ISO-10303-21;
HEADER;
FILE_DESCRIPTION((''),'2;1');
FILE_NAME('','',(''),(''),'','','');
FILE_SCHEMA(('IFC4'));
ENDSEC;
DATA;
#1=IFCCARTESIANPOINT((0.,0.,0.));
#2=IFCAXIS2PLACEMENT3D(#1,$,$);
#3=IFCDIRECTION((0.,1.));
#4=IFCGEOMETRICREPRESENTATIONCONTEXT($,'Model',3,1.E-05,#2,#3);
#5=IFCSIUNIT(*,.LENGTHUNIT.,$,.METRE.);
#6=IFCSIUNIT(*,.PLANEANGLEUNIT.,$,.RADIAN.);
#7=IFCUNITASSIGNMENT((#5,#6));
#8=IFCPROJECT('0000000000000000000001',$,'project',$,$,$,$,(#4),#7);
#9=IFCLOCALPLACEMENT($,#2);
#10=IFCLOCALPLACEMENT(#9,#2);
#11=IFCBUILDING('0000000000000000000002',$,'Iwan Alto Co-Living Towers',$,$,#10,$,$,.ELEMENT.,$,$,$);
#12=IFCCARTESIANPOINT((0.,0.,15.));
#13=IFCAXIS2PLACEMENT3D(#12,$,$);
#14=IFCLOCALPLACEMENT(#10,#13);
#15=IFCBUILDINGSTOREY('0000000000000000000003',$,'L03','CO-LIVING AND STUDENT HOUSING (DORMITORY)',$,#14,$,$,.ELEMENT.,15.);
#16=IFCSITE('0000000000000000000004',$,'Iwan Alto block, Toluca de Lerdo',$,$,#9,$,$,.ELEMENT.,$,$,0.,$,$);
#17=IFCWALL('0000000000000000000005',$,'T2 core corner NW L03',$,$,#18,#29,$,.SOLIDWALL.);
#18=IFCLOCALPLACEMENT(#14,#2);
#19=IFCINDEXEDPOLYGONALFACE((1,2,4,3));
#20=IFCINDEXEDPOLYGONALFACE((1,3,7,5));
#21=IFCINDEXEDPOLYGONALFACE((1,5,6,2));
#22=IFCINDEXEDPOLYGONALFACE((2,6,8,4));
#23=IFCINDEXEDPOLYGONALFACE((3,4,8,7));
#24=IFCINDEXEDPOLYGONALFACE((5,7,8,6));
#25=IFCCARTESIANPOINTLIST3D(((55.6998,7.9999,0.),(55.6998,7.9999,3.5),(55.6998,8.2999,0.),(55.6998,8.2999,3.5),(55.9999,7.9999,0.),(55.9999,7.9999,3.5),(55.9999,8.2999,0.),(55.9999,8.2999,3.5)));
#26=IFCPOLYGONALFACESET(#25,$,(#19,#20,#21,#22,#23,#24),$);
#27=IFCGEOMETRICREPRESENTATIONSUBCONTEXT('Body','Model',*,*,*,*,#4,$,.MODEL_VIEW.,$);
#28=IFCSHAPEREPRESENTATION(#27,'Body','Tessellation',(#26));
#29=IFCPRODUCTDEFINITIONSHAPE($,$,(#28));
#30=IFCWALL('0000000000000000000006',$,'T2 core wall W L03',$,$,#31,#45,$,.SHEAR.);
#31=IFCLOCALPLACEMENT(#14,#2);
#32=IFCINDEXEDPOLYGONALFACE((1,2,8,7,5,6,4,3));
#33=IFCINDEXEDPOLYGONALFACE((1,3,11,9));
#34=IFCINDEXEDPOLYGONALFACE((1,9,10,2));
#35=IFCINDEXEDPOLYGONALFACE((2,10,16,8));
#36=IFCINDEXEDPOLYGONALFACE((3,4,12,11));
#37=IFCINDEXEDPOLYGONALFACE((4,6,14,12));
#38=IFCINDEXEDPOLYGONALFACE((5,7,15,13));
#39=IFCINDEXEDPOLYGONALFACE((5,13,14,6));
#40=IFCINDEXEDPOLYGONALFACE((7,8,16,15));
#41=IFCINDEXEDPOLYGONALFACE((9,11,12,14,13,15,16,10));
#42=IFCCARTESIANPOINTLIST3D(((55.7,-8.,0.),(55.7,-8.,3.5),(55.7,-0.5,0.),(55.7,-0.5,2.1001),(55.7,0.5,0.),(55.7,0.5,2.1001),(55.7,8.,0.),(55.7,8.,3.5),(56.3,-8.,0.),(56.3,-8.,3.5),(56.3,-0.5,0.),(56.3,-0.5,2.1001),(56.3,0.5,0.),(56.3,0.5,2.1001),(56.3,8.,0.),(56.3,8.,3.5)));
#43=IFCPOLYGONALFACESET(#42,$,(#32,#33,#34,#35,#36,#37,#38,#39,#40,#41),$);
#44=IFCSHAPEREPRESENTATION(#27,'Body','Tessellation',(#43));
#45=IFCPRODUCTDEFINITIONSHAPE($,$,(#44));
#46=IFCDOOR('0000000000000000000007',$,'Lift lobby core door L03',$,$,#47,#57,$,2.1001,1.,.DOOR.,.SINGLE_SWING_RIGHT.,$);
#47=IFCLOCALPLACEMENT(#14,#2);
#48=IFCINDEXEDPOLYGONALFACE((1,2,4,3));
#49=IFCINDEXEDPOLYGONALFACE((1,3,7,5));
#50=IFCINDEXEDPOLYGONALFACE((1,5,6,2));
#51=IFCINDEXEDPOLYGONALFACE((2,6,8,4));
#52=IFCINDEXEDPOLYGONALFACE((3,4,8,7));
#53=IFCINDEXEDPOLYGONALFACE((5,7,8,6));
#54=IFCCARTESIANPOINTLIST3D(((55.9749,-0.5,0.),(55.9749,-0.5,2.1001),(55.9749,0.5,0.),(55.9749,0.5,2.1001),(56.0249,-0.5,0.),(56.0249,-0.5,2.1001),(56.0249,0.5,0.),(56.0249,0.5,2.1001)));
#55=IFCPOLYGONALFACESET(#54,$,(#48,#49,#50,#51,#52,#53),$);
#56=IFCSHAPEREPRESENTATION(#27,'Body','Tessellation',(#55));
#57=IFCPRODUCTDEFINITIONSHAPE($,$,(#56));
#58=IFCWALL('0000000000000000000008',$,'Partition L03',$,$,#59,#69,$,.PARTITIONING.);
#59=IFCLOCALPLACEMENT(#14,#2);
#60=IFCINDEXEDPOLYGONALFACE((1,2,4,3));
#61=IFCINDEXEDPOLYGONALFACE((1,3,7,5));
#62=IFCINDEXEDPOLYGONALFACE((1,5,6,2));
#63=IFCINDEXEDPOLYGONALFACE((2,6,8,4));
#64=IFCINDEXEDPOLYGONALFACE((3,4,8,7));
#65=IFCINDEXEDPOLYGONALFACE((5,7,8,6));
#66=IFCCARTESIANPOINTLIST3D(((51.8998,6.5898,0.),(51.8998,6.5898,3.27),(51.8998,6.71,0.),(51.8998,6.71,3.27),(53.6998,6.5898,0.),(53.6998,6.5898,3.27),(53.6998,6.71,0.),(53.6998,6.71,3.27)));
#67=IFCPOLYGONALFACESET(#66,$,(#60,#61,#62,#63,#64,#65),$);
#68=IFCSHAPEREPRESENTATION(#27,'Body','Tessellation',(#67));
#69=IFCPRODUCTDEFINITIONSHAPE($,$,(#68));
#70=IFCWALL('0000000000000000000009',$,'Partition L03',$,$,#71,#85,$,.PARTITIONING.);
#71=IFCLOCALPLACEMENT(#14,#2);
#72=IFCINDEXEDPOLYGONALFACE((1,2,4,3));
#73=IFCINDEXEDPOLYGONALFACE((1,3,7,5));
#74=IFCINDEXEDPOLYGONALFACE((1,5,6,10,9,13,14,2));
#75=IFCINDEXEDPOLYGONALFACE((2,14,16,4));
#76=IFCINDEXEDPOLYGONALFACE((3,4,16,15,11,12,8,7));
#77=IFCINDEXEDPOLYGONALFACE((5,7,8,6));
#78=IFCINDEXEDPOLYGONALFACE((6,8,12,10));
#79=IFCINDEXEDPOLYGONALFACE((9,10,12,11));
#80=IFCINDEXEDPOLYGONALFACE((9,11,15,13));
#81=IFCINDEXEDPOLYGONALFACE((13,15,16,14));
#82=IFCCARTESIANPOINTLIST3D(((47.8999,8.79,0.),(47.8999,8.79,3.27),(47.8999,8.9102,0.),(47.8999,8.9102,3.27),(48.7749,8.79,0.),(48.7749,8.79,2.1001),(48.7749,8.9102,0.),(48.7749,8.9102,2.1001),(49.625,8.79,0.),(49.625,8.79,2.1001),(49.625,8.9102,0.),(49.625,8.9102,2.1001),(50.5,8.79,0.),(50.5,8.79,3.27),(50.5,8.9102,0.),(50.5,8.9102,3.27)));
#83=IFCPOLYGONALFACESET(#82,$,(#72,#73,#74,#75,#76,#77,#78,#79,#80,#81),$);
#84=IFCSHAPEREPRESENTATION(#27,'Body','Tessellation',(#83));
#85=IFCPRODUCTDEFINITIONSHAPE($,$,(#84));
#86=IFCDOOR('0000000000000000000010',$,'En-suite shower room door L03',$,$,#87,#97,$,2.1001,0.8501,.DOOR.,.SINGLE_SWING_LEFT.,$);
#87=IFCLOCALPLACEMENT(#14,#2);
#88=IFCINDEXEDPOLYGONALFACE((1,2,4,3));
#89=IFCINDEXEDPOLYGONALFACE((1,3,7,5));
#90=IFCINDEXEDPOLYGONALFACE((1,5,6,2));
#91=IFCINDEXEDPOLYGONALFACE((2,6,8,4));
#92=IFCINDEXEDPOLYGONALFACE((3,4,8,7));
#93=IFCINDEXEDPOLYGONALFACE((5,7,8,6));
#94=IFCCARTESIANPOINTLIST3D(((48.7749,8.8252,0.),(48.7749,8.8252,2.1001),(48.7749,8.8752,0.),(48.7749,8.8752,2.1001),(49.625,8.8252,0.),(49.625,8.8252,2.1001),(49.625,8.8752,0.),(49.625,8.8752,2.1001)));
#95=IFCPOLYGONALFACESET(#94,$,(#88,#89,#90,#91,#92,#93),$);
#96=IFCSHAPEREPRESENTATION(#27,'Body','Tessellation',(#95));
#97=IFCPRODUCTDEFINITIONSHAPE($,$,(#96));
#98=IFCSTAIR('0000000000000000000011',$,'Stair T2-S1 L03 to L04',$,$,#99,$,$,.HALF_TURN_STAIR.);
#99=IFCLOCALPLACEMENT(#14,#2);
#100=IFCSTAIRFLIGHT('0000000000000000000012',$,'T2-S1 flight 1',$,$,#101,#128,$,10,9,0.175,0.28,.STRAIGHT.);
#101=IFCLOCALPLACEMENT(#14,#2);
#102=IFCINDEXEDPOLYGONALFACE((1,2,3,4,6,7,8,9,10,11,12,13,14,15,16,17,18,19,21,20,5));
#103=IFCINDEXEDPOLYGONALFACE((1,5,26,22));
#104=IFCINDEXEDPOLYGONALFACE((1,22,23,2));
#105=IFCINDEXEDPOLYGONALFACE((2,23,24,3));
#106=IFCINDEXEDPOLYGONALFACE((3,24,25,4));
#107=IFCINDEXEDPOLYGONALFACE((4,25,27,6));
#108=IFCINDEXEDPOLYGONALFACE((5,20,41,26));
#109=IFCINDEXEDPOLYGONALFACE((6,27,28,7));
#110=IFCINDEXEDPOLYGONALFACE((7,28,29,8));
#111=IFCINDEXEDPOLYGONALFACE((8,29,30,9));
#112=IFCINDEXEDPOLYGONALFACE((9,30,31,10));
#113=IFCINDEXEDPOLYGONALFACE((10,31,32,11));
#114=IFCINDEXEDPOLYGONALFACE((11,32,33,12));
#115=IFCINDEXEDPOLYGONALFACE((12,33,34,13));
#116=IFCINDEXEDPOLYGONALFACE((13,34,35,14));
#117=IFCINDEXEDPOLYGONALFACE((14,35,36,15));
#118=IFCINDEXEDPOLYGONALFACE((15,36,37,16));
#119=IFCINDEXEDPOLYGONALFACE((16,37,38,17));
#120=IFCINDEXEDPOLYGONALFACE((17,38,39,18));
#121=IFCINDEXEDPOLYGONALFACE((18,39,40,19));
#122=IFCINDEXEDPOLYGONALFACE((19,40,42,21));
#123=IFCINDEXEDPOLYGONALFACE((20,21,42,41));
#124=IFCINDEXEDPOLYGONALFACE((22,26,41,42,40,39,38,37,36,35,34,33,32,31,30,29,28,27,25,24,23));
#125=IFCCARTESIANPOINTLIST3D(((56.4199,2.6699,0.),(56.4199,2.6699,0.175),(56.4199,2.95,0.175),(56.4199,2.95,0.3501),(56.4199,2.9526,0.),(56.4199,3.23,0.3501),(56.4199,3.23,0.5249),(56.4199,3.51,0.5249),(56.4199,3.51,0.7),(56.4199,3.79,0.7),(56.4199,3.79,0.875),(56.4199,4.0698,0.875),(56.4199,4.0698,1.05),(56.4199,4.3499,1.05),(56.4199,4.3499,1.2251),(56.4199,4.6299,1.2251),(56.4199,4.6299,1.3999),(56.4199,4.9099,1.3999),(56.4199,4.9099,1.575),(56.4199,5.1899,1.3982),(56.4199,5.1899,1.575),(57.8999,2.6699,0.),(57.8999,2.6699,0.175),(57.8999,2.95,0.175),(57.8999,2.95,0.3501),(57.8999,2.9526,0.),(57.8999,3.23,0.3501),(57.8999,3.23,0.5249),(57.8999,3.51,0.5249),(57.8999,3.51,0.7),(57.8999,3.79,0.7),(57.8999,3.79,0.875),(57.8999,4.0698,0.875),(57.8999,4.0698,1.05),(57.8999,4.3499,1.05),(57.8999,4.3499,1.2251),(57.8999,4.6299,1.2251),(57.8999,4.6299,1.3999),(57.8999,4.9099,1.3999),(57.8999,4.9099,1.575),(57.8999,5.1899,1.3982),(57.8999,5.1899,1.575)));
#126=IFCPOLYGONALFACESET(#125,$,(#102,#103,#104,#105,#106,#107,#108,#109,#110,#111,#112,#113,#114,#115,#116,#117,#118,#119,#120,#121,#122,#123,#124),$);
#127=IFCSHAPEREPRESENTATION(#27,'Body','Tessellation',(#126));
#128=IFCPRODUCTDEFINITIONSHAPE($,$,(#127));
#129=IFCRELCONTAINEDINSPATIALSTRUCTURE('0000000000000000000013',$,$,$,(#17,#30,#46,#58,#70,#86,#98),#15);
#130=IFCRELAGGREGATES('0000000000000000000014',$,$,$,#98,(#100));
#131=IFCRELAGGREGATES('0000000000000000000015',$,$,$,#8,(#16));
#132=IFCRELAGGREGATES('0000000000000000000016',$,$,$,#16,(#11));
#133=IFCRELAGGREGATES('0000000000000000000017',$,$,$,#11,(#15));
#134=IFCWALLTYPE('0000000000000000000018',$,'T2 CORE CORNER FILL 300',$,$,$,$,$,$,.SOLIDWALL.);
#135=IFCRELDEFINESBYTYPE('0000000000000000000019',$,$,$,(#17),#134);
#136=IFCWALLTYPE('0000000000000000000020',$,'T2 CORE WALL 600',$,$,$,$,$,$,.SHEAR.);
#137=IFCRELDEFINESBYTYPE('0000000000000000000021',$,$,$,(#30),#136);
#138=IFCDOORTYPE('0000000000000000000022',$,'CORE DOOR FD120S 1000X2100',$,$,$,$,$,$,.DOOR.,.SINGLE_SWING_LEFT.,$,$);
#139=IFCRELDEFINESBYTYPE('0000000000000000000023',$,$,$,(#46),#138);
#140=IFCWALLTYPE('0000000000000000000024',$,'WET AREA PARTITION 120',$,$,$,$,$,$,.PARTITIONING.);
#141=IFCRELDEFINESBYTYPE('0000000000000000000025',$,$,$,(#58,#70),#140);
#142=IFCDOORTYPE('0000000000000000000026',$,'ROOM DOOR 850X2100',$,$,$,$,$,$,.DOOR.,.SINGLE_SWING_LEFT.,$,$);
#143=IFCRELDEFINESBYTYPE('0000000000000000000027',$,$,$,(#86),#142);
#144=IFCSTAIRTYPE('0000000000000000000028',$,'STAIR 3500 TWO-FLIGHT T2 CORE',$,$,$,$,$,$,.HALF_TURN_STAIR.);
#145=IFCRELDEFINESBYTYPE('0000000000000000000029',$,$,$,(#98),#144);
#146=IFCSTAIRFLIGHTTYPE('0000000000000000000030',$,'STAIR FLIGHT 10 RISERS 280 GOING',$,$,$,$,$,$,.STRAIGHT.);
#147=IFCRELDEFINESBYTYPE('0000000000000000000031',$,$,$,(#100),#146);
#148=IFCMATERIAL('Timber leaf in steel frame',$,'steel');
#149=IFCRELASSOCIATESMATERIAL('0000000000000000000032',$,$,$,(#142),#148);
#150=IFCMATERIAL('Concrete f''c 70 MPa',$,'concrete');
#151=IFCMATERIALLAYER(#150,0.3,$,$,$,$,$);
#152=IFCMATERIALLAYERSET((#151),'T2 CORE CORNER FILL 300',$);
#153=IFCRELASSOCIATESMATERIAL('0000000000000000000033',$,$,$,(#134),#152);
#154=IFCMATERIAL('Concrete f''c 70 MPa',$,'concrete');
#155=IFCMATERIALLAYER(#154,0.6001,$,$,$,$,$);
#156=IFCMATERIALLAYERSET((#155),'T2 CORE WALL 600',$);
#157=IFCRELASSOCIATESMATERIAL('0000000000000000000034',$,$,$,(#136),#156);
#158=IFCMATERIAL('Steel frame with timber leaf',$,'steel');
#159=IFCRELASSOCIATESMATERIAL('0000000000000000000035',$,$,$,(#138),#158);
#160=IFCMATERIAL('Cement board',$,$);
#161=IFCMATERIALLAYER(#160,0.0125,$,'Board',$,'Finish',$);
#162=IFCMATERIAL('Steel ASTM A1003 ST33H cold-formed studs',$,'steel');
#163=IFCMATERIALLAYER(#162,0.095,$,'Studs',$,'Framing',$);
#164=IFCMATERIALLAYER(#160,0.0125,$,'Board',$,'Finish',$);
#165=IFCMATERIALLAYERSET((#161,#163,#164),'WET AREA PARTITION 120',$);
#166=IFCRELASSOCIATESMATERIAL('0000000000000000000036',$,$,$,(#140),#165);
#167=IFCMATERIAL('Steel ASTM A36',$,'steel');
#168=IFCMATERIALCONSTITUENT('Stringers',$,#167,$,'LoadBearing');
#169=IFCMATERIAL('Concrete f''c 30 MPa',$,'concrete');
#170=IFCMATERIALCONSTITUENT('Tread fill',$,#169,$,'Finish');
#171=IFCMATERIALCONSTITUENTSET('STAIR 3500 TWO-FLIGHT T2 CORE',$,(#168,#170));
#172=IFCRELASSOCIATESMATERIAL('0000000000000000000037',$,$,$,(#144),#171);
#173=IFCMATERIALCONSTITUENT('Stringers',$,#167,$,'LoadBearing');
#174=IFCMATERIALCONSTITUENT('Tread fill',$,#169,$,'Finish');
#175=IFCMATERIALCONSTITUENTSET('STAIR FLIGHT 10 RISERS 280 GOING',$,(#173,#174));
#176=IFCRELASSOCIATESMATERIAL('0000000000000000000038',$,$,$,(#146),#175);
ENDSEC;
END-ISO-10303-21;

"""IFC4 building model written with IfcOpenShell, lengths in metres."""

from ifc_helpers import new_model, si_unit, direction, frame, frame_2d, origin, place, context, subcontext, project, spatial, polyline, rectangle, outline, extrude, material, layer, layer_set, constituent, constituent_set, type_object, element, fill, aggregate, save


model = new_model("IFC4")

# Units and contexts
model_context = context("Model", 3, precision=1e-05, world=origin(), true_north=direction((0.0, 1.0)))
body_context = subcontext(model_context, "Body", "Model", "MODEL_VIEW")
ifc_project = project(units=[si_unit("LENGTHUNIT", "METRE"), si_unit("PLANEANGLEUNIT", "RADIAN")], contexts=[model_context])

# Site, building, storey
site_placement = place(None, origin())
site = spatial("IfcSite", under=ifc_project, at=site_placement, Name="Iwan Alto block, Toluca de Lerdo", CompositionType="ELEMENT", RefElevation=0.0)
building_placement = place(site_placement, origin())
building = spatial("IfcBuilding", under=site, at=building_placement, Name="Iwan Alto Co-Living Towers", CompositionType="ELEMENT")
storey_placement = place(building_placement, frame((0.0, 0.0, 15.0)))
storey = spatial("IfcBuildingStorey", under=building, at=storey_placement, Name="L03", Description="CO-LIVING AND STUDENT HOUSING (DORMITORY)", CompositionType="ELEMENT", Elevation=15.0)

# Shared definitions
ifc_material_1 = material(Name="Steel ASTM A1003 ST33H cold-formed studs", Category="steel")
ifc_material_2 = material(Name="Timber leaf in steel frame", Category="steel")
door_type_1 = type_object("IfcDoorType", Name="ROOM DOOR 850X2100", OperationType="SINGLE_SWING_LEFT", PredefinedType="DOOR", material=ifc_material_2)

# Wall
ifc_material_3 = material(Name="Concrete f'c 70 MPa", Category="concrete")
ifc_layer_1 = layer(ifc_material_3, 0.3)
ifc_layer_set_1 = layer_set([ifc_layer_1], Name="T2 CORE CORNER FILL 300")
wall_type_1 = type_object("IfcWallType", Name="T2 CORE CORNER FILL 300", PredefinedType="SOLIDWALL", material=ifc_layer_set_1)
wall_1_placement = place(storey_placement, frame((55.7, 8.1499, 0.0), z_axis=(0.0, 0.0, 1.0), x_axis=(1.0, 0.0, 0.0)))
element("IfcWall", 1, at=wall_1_placement, inside=storey, type_object=wall_type_1, Name="T2 core corner NW L03", PredefinedType="SOLIDWALL", context=body_context, shape_type="SweptSolid", body=[
    extrude(rectangle(XDim=0.3, YDim=0.3, at=frame_2d((0.1499, 0.0))), origin(), (0.0, 0.0, 1.0), 3.5),
])

# Wall, opening, door
ifc_material_4 = material(Name="Concrete f'c 70 MPa", Category="concrete")
ifc_layer_2 = layer(ifc_material_4, 0.6001)
ifc_layer_set_2 = layer_set([ifc_layer_2], Name="T2 CORE WALL 600")
wall_type_2 = type_object("IfcWallType", Name="T2 CORE WALL 600", PredefinedType="SHEAR", material=ifc_layer_set_2)
wall_2_placement = place(storey_placement, frame((56.0, 8.0, 0.0), z_axis=(0.0, 0.0, 1.0), x_axis=(0.0, -1.0, 0.0)))
wall_2 = element("IfcWall", 2, at=wall_2_placement, inside=storey, type_object=wall_type_2, Name="T2 core wall W L03", PredefinedType="SHEAR", context=body_context, shape_type="SweptSolid", body=[
    extrude(rectangle(XDim=16.0, YDim=0.6001, at=frame_2d((8.0, 0.0))), origin(), (0.0, 0.0, 1.0), 3.5),
])
opening_1_placement = place(wall_2_placement, frame((7.5, 0.0, 0.0)))
opening_1 = element("IfcOpeningElement", 3, at=opening_1_placement, cuts=wall_2, PredefinedType="OPENING", context=body_context, shape_type="SweptSolid", body=[
    extrude(rectangle(XDim=1.0, YDim=2.1001, at=frame_2d((0.5, 1.05))), frame((0.0, 0.3101, 0.0), z_axis=(0.0, -1.0, 0.0), x_axis=(1.0, 0.0, 0.0)), (0.0, 0.0, 1.0), 0.6201),
])
ifc_material_5 = material(Name="Steel frame with timber leaf", Category="steel")
door_type_2 = type_object("IfcDoorType", Name="CORE DOOR FD120S 1000X2100", OperationType="SINGLE_SWING_LEFT", PredefinedType="DOOR", material=ifc_material_5)
door_1_placement = place(opening_1_placement, origin())
door_1 = element("IfcDoor", 4, at=door_1_placement, inside=storey, type_object=door_type_2, Name="Lift lobby core door L03", OperationType="SINGLE_SWING_RIGHT", OverallHeight=2.1001, OverallWidth=1.0, PredefinedType="DOOR", context=body_context, shape_type="SweptSolid", body=[
    extrude(rectangle(XDim=1.0, YDim=2.1001, at=frame_2d((0.5, 1.05))), frame((0.0, 0.0249, 0.0), z_axis=(0.0, -1.0, 0.0), x_axis=(1.0, 0.0, 0.0)), (0.0, 0.0, 1.0), 0.05),
])
fill(opening_1, door_1)

# Wall
ifc_material_6 = material(Name="Cement board")
ifc_layer_3 = layer(ifc_material_6, 0.0125, Name="Board", Category="Finish")
ifc_layer_4 = layer(ifc_material_1, 0.095, Name="Studs", Category="Framing")
ifc_layer_5 = layer(ifc_material_6, 0.0125, Name="Board", Category="Finish")
ifc_layer_set_3 = layer_set([ifc_layer_3, ifc_layer_4, ifc_layer_5], Name="WET AREA PARTITION 120")
wall_type_3 = type_object("IfcWallType", Name="WET AREA PARTITION 120", PredefinedType="PARTITIONING", material=ifc_layer_set_3)
wall_3_placement = place(storey_placement, frame((51.8999, 6.6499, 0.0), z_axis=(0.0, 0.0, 1.0), x_axis=(1.0, 0.0, 0.0)))
element("IfcWall", 5, at=wall_3_placement, inside=storey, type_object=wall_type_3, Name="Partition L03", PredefinedType="PARTITIONING", context=body_context, shape_type="SweptSolid", body=[
    extrude(rectangle(XDim=1.8, YDim=0.1201, at=frame_2d((0.8999, 0.0))), origin(), (0.0, 0.0, 1.0), 3.27),
])

# Wall, opening, door
wall_4_placement = place(storey_placement, frame((47.8999, 8.8501, 0.0), z_axis=(0.0, 0.0, 1.0), x_axis=(1.0, 0.0, 0.0)))
wall_4 = element("IfcWall", 6, at=wall_4_placement, inside=storey, type_object=wall_type_3, Name="Partition L03", PredefinedType="PARTITIONING", context=body_context, shape_type="SweptSolid", body=[
    extrude(rectangle(XDim=2.6001, YDim=0.1201, at=frame_2d((1.3, 0.0))), origin(), (0.0, 0.0, 1.0), 3.27),
])
opening_2_placement = place(wall_4_placement, frame((0.875, 0.0, 0.0)))
opening_2 = element("IfcOpeningElement", 7, at=opening_2_placement, cuts=wall_4, PredefinedType="OPENING", context=body_context, shape_type="SweptSolid", body=[
    extrude(rectangle(XDim=0.8501, YDim=2.1001, at=frame_2d((0.425, 1.05))), frame((0.0, 0.0701, 0.0), z_axis=(0.0, -1.0, 0.0), x_axis=(1.0, 0.0, 0.0)), (0.0, 0.0, 1.0), 0.1401),
])
door_2_placement = place(opening_2_placement, frame((0.8501, 0.0, 0.0), z_axis=(0.0, 0.0, 1.0), x_axis=(-1.0, 0.0, 0.0)))
door_2 = element("IfcDoor", 8, at=door_2_placement, inside=storey, type_object=door_type_1, Name="En-suite shower room door L03", OperationType="SINGLE_SWING_LEFT", OverallHeight=2.1001, OverallWidth=0.8501, PredefinedType="DOOR", context=body_context, shape_type="SweptSolid", body=[
    extrude(rectangle(XDim=0.8501, YDim=2.1001, at=frame_2d((0.425, 1.05))), frame((0.0, 0.0249, 0.0), z_axis=(0.0, -1.0, 0.0), x_axis=(1.0, 0.0, 0.0)), (0.0, 0.0, 1.0), 0.05),
])
fill(opening_2, door_2)

# Stair, stair flight
ifc_material_7 = material(Name="Steel ASTM A36", Category="steel")
ifc_constituent_1 = constituent(ifc_material_7, Name="Stringers", Category="LoadBearing")
ifc_material_8 = material(Name="Concrete f'c 30 MPa", Category="concrete")
ifc_constituent_2 = constituent(ifc_material_8, Name="Tread fill", Category="Finish")
ifc_constituent_set_1 = constituent_set(constituents=[ifc_constituent_1, ifc_constituent_2], Name="STAIR 3500 TWO-FLIGHT T2 CORE")
stair_type = type_object("IfcStairType", Name="STAIR 3500 TWO-FLIGHT T2 CORE", PredefinedType="HALF_TURN_STAIR", material=ifc_constituent_set_1)
stair_placement = place(storey_placement, origin())
stair = element("IfcStair", 9, at=stair_placement, inside=storey, type_object=stair_type, Name="Stair T2-S1 L03 to L04", PredefinedType="HALF_TURN_STAIR")
ifc_constituent_3 = constituent(ifc_material_7, Name="Stringers", Category="LoadBearing")
ifc_constituent_4 = constituent(ifc_material_8, Name="Tread fill", Category="Finish")
ifc_constituent_set_2 = constituent_set(constituents=[ifc_constituent_3, ifc_constituent_4], Name="STAIR FLIGHT 10 RISERS 280 GOING")
stair_flight_type = type_object("IfcStairFlightType", Name="STAIR FLIGHT 10 RISERS 280 GOING", PredefinedType="STRAIGHT", material=ifc_constituent_set_2)
stair_flight_placement = place(storey_placement, frame((57.1599, 2.6699, 0.0), z_axis=(0.0, 0.0, 1.0), x_axis=(0.0, 1.0, 0.0)))
stair_flight = element("IfcStairFlight", 10, at=stair_flight_placement, type_object=stair_flight_type, Name="T2-S1 flight 1", NumberOfRisers=10, NumberOfTreads=9, PredefinedType="STRAIGHT", RiserHeight=0.175, TreadLength=0.28, context=body_context, shape_type="SweptSolid", body=[
    extrude(outline(polyline([(0.0, 0.0), (0.0, 0.175), (0.28, 0.175), (0.28, 0.3501), (0.5601, 0.3501), (0.5601, 0.5249), (0.8401, 0.5249), (0.8401, 0.7), (1.1201, 0.7), (1.1201, 0.875), (1.3999, 0.875), (1.3999, 1.05), (1.6799, 1.05), (1.6799, 1.2251), (1.96, 1.2251), (1.96, 1.3999), (2.24, 1.3999), (2.24, 1.575), (2.52, 1.575), (2.52, 1.75), (2.52, 1.3982), (0.2827, 0.0), (0.0, 0.0)])), frame((0.0, 0.74, 0.0), z_axis=(0.0, -1.0, 0.0), x_axis=(1.0, 0.0, 0.0)), (0.0, 0.0, 1.0), 1.48),
])
aggregate(stair, [stair_flight])

save(model, "model.ifc")
